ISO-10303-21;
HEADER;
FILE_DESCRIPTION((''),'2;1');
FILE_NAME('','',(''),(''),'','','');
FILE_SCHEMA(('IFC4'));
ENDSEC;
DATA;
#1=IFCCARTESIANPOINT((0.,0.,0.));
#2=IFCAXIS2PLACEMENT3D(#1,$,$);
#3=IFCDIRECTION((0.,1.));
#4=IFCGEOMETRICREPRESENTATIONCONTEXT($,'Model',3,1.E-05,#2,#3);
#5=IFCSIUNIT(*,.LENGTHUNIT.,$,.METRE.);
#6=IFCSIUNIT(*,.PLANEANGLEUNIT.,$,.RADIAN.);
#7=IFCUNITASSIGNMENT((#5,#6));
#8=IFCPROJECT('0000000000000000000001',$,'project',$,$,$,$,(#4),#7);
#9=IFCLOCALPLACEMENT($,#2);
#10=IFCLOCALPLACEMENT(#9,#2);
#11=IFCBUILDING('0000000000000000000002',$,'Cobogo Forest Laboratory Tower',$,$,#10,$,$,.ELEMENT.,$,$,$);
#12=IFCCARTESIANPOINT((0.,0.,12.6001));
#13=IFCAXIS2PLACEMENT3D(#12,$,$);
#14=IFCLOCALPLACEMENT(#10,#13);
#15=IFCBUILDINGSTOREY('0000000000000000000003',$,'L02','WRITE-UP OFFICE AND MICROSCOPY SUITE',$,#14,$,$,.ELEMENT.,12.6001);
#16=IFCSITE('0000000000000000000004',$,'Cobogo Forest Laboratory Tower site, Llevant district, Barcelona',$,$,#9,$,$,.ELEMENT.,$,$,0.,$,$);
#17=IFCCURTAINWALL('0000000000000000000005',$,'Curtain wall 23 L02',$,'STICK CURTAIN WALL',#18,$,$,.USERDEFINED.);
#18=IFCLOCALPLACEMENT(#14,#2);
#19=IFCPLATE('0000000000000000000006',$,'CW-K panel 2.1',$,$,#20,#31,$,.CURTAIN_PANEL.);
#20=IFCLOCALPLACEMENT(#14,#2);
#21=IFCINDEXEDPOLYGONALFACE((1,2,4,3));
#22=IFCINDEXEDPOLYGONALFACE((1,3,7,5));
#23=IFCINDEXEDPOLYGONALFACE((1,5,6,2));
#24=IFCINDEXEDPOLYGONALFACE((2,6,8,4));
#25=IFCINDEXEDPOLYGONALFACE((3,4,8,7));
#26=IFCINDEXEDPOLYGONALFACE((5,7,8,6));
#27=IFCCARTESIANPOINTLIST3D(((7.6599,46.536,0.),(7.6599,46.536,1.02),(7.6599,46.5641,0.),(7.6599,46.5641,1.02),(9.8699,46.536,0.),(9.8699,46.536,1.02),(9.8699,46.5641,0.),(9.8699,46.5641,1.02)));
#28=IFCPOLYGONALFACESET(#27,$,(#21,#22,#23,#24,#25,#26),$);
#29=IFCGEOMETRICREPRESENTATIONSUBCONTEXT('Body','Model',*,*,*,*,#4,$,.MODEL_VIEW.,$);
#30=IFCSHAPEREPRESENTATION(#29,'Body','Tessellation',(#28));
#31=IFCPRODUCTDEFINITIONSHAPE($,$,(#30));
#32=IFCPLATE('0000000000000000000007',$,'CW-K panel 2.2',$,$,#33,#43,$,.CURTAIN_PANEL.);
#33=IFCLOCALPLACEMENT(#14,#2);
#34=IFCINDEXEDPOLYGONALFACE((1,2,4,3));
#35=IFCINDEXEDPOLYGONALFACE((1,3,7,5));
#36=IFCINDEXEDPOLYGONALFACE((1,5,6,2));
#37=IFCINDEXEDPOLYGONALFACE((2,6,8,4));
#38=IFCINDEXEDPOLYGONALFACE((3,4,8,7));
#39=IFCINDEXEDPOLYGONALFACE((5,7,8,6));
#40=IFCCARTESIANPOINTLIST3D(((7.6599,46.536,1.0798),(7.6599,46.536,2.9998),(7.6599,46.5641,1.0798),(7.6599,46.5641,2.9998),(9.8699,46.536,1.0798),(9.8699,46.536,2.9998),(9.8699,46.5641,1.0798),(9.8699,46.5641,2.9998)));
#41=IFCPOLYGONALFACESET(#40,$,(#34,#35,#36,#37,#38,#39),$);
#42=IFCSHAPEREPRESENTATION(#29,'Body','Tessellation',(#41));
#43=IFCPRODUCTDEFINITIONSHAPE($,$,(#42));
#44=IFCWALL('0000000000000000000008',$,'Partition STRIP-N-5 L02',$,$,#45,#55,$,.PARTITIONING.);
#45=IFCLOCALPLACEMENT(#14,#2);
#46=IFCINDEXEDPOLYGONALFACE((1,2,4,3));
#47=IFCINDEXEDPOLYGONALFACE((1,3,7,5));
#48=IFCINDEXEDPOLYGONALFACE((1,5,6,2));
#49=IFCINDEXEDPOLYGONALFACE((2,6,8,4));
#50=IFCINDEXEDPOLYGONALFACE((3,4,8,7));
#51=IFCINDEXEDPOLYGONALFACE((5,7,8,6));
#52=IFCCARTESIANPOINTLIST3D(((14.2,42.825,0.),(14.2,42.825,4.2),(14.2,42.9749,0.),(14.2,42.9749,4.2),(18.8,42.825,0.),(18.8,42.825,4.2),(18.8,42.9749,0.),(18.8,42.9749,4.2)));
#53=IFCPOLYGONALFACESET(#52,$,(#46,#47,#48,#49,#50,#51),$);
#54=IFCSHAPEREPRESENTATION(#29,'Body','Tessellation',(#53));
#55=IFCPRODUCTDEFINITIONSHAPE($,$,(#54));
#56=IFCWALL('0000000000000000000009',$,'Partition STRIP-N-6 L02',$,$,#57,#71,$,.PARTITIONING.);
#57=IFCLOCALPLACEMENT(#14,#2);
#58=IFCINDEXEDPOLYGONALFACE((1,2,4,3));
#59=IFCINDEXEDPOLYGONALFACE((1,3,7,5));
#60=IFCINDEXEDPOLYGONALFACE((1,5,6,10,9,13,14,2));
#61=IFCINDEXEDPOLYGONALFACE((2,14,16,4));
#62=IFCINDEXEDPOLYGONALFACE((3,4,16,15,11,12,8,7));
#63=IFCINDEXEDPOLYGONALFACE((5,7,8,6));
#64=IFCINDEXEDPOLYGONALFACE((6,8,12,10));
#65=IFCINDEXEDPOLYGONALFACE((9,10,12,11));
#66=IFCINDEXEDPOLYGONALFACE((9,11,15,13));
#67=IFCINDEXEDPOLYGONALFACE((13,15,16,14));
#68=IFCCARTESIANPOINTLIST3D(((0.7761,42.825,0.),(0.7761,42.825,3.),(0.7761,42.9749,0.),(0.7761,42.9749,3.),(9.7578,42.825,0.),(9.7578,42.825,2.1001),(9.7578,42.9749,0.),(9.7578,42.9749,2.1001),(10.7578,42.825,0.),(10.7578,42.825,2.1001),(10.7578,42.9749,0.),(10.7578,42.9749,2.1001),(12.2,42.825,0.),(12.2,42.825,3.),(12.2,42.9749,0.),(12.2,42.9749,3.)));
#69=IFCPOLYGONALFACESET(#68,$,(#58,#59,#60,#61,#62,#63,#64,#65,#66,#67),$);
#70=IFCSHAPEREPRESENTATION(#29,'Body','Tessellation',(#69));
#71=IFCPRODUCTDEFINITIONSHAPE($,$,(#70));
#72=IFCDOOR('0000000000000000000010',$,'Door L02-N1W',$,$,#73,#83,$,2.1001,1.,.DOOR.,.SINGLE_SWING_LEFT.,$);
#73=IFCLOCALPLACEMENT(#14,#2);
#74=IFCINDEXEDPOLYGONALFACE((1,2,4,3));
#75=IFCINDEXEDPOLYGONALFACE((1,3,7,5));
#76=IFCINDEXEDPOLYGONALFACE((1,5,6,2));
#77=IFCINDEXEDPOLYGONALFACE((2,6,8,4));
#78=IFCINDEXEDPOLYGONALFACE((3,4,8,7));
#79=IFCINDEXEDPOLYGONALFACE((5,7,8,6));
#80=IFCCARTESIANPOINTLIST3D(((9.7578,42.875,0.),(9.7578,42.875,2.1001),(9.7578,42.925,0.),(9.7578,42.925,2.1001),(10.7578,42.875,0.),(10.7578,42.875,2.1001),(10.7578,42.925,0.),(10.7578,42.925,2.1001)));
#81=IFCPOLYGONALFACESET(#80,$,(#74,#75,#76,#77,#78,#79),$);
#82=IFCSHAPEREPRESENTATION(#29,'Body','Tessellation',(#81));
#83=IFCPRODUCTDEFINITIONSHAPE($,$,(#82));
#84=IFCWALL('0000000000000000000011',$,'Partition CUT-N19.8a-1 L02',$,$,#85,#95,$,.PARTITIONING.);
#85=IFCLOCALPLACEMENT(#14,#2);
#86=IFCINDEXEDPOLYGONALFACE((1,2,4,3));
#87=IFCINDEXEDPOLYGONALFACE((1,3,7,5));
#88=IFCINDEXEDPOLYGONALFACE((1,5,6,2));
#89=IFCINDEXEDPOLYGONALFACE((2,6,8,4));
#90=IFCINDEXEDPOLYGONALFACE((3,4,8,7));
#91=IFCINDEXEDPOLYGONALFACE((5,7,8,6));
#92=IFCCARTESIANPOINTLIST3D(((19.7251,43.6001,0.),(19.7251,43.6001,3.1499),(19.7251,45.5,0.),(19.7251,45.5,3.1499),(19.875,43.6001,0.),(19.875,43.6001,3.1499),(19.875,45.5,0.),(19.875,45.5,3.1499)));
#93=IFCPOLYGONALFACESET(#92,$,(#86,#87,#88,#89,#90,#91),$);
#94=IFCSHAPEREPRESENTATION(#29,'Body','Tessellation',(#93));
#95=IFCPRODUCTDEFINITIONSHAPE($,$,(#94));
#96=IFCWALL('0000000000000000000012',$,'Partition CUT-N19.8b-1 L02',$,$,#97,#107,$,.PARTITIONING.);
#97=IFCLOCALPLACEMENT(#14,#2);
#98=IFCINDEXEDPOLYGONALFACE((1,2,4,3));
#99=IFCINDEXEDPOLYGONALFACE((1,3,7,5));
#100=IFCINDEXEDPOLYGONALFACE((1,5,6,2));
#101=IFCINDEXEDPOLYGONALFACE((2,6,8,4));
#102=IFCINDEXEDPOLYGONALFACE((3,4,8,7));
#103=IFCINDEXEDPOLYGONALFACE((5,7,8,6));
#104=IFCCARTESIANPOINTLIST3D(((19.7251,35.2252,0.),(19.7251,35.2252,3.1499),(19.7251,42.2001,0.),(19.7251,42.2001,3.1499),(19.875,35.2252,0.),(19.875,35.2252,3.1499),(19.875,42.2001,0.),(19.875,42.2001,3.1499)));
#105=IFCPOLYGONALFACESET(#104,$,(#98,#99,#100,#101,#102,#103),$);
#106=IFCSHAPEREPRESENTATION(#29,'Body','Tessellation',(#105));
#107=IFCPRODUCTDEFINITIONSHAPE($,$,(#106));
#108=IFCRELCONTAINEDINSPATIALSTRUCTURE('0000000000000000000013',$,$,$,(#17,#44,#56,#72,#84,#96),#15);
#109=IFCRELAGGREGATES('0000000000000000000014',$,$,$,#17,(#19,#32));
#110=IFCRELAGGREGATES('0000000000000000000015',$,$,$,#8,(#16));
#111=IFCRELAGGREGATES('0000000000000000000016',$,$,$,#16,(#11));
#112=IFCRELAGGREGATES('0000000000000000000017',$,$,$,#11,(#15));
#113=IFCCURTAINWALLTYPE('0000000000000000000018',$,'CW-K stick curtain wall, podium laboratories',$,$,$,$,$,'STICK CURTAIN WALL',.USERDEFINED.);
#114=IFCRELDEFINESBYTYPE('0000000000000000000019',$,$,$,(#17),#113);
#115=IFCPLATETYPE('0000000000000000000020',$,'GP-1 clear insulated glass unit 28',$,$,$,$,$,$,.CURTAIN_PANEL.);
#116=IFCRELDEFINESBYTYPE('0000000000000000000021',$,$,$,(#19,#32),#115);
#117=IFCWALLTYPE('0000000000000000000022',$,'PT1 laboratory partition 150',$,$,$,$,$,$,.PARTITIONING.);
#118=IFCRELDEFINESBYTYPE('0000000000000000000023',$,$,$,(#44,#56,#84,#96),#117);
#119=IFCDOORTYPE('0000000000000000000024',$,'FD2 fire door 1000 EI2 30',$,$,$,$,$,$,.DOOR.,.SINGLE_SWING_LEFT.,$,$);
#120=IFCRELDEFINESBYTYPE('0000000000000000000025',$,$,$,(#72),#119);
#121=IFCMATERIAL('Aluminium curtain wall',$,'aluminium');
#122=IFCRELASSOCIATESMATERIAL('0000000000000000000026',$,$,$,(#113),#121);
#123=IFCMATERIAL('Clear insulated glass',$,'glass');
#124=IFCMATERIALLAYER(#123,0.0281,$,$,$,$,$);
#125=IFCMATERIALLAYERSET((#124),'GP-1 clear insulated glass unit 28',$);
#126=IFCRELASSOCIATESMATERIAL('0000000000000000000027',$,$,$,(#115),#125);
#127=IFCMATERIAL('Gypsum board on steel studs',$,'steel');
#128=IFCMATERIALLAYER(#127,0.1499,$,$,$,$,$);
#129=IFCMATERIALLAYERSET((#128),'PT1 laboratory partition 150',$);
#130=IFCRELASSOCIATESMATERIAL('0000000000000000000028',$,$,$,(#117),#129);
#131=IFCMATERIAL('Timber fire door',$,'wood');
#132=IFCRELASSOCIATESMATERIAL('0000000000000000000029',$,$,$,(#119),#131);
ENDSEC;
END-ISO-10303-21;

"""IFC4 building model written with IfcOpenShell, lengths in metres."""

from ifc_helpers import new_model, si_unit, direction, frame, frame_2d, origin, origin_2d, place, context, subcontext, project, spatial, rectangle, extrude, material, layer, layer_set, type_object, element, fill, aggregate, save


model = new_model("IFC4")

# Units and contexts
model_context = context("Model", 3, precision=1e-05, world=origin(), true_north=direction((0.0, 1.0)))
body_context = subcontext(model_context, "Body", "Model", "MODEL_VIEW")
ifc_project = project(units=[si_unit("LENGTHUNIT", "METRE"), si_unit("PLANEANGLEUNIT", "RADIAN")], contexts=[model_context])

# Site, building, storey
site_placement = place(None, origin())
site = spatial("IfcSite", under=ifc_project, at=site_placement, Name="Cobogo Forest Laboratory Tower site, Llevant district, Barcelona", CompositionType="ELEMENT", RefElevation=0.0)
building_placement = place(site_placement, origin())
building = spatial("IfcBuilding", under=site, at=building_placement, Name="Cobogo Forest Laboratory Tower", CompositionType="ELEMENT")
storey_placement = place(building_placement, frame((0.0, 0.0, 12.6001)))
storey = spatial("IfcBuildingStorey", under=building, at=storey_placement, Name="L02", Description="WRITE-UP OFFICE AND MICROSCOPY SUITE", CompositionType="ELEMENT", Elevation=12.6001)

# Curtain wall
ifc_material_1 = material(Name="Aluminium curtain wall", Category="aluminium")
curtain_wall_type = type_object("IfcCurtainWallType", Name="CW-K stick curtain wall, podium laboratories", ElementType="STICK CURTAIN WALL", PredefinedType="USERDEFINED", material=ifc_material_1)
curtain_wall_1_placement = place(storey_placement, origin())
curtain_wall_1 = element("IfcCurtainWall", 1, at=curtain_wall_1_placement, inside=storey, type_object=curtain_wall_type, Name="Curtain wall 23 L02", ObjectType="STICK CURTAIN WALL", PredefinedType="USERDEFINED")

# Plates
ifc_material_2 = material(Name="Clear insulated glass", Category="glass")
ifc_layer_1 = layer(ifc_material_2, 0.0281)
ifc_layer_set_1 = layer_set([ifc_layer_1], Name="GP-1 clear insulated glass unit 28")
plate_type_1 = type_object("IfcPlateType", Name="GP-1 clear insulated glass unit 28", PredefinedType="CURTAIN_PANEL", material=ifc_layer_set_1)
plate_1_placement = place(storey_placement, frame((8.7649, 46.55, 0.0), z_axis=(0.0, 0.0, 1.0), x_axis=(-1.0, 0.0, 0.0)))
plate_1 = element("IfcPlate", 2, at=plate_1_placement, type_object=plate_type_1, Name="CW-K panel 2.1", PredefinedType="CURTAIN_PANEL", context=body_context, shape_type="SweptSolid", body=[
    extrude(rectangle(XDim=2.21, YDim=0.0281, at=origin_2d()), origin(), (0.0, 0.0, 1.0), 1.02),
])
plate_2_placement = place(storey_placement, frame((8.7649, 46.55, 1.0798), z_axis=(0.0, 0.0, 1.0), x_axis=(-1.0, 0.0, 0.0)))
plate_2 = element("IfcPlate", 3, at=plate_2_placement, type_object=plate_type_1, Name="CW-K panel 2.2", PredefinedType="CURTAIN_PANEL", context=body_context, shape_type="SweptSolid", body=[
    extrude(rectangle(XDim=2.21, YDim=0.0281, at=origin_2d()), origin(), (0.0, 0.0, 1.0), 1.9199),
])
aggregate(curtain_wall_1, [plate_1, plate_2])

# Wall
ifc_material_3 = material(Name="Gypsum board on steel studs", Category="steel")
ifc_layer_2 = layer(ifc_material_3, 0.1499)
ifc_layer_set_2 = layer_set([ifc_layer_2], Name="PT1 laboratory partition 150")
wall_type = type_object("IfcWallType", Name="PT1 laboratory partition 150", PredefinedType="PARTITIONING", material=ifc_layer_set_2)
wall_1_placement = place(storey_placement, frame((18.8, 42.8999, 0.0), z_axis=(0.0, 0.0, 1.0), x_axis=(-1.0, 0.0, 0.0)))
element("IfcWall", 4, at=wall_1_placement, inside=storey, type_object=wall_type, Name="Partition STRIP-N-5 L02", PredefinedType="PARTITIONING", context=body_context, shape_type="SweptSolid", body=[
    extrude(rectangle(XDim=4.6001, YDim=0.1499, at=frame_2d((2.3, 0.0))), origin(), (0.0, 0.0, 1.0), 4.2),
])

# Wall, opening, door
wall_2_placement = place(storey_placement, frame((12.2, 42.8999, 0.0), z_axis=(0.0, 0.0, 1.0), x_axis=(-1.0, 0.0, 0.0)))
wall_2 = element("IfcWall", 5, at=wall_2_placement, inside=storey, type_object=wall_type, Name="Partition STRIP-N-6 L02", PredefinedType="PARTITIONING", context=body_context, shape_type="SweptSolid", body=[
    extrude(rectangle(XDim=11.4238, YDim=0.1499, at=frame_2d((5.7119, 0.0))), origin(), (0.0, 0.0, 1.0), 3.0),
])
opening_placement = place(wall_2_placement, frame((1.4421, 0.0, 0.0)))
opening = element("IfcOpeningElement", 6, at=opening_placement, cuts=wall_2, PredefinedType="OPENING", context=body_context, shape_type="SweptSolid", body=[
    extrude(rectangle(XDim=1.0, YDim=2.1001, at=frame_2d((0.5, 1.05))), frame((0.0, 0.085, 0.0), z_axis=(0.0, -1.0, 0.0), x_axis=(1.0, 0.0, 0.0)), (0.0, 0.0, 1.0), 0.1699),
])
ifc_material_4 = material(Name="Timber fire door", Category="wood")
door_type = type_object("IfcDoorType", Name="FD2 fire door 1000 EI2 30", OperationType="SINGLE_SWING_LEFT", PredefinedType="DOOR", material=ifc_material_4)
door_placement = place(opening_placement, origin())
door = element("IfcDoor", 7, at=door_placement, inside=storey, type_object=door_type, Name="Door L02-N1W", OperationType="SINGLE_SWING_LEFT", OverallHeight=2.1001, OverallWidth=1.0, PredefinedType="DOOR", context=body_context, shape_type="SweptSolid", body=[
    extrude(rectangle(XDim=1.0, YDim=2.1001, at=frame_2d((0.5, 1.05))), frame((0.0, 0.0249, 0.0), z_axis=(0.0, -1.0, 0.0), x_axis=(1.0, 0.0, 0.0)), (0.0, 0.0, 1.0), 0.05),
])
fill(opening, door)

# Walls
wall_3_placement = place(storey_placement, frame((19.8, 45.5, 0.0), z_axis=(0.0, 0.0, 1.0), x_axis=(0.0, -1.0, 0.0)))
element("IfcWall", 8, at=wall_3_placement, inside=storey, type_object=wall_type, Name="Partition CUT-N19.8a-1 L02", PredefinedType="PARTITIONING", context=body_context, shape_type="SweptSolid", body=[
    extrude(rectangle(XDim=1.8999, YDim=0.1499, at=frame_2d((0.95, 0.0))), origin(), (0.0, 0.0, 1.0), 3.1499),
])
wall_4_placement = place(storey_placement, frame((19.8, 42.2, 0.0), z_axis=(0.0, 0.0, 1.0), x_axis=(0.0, -1.0, 0.0)))
element("IfcWall", 9, at=wall_4_placement, inside=storey, type_object=wall_type, Name="Partition CUT-N19.8b-1 L02", PredefinedType="PARTITIONING", context=body_context, shape_type="SweptSolid", body=[
    extrude(rectangle(XDim=6.9749, YDim=0.1499, at=frame_2d((3.4873, 0.0))), origin(), (0.0, 0.0, 1.0), 3.1499),
])

save(model, "model.ifc")
